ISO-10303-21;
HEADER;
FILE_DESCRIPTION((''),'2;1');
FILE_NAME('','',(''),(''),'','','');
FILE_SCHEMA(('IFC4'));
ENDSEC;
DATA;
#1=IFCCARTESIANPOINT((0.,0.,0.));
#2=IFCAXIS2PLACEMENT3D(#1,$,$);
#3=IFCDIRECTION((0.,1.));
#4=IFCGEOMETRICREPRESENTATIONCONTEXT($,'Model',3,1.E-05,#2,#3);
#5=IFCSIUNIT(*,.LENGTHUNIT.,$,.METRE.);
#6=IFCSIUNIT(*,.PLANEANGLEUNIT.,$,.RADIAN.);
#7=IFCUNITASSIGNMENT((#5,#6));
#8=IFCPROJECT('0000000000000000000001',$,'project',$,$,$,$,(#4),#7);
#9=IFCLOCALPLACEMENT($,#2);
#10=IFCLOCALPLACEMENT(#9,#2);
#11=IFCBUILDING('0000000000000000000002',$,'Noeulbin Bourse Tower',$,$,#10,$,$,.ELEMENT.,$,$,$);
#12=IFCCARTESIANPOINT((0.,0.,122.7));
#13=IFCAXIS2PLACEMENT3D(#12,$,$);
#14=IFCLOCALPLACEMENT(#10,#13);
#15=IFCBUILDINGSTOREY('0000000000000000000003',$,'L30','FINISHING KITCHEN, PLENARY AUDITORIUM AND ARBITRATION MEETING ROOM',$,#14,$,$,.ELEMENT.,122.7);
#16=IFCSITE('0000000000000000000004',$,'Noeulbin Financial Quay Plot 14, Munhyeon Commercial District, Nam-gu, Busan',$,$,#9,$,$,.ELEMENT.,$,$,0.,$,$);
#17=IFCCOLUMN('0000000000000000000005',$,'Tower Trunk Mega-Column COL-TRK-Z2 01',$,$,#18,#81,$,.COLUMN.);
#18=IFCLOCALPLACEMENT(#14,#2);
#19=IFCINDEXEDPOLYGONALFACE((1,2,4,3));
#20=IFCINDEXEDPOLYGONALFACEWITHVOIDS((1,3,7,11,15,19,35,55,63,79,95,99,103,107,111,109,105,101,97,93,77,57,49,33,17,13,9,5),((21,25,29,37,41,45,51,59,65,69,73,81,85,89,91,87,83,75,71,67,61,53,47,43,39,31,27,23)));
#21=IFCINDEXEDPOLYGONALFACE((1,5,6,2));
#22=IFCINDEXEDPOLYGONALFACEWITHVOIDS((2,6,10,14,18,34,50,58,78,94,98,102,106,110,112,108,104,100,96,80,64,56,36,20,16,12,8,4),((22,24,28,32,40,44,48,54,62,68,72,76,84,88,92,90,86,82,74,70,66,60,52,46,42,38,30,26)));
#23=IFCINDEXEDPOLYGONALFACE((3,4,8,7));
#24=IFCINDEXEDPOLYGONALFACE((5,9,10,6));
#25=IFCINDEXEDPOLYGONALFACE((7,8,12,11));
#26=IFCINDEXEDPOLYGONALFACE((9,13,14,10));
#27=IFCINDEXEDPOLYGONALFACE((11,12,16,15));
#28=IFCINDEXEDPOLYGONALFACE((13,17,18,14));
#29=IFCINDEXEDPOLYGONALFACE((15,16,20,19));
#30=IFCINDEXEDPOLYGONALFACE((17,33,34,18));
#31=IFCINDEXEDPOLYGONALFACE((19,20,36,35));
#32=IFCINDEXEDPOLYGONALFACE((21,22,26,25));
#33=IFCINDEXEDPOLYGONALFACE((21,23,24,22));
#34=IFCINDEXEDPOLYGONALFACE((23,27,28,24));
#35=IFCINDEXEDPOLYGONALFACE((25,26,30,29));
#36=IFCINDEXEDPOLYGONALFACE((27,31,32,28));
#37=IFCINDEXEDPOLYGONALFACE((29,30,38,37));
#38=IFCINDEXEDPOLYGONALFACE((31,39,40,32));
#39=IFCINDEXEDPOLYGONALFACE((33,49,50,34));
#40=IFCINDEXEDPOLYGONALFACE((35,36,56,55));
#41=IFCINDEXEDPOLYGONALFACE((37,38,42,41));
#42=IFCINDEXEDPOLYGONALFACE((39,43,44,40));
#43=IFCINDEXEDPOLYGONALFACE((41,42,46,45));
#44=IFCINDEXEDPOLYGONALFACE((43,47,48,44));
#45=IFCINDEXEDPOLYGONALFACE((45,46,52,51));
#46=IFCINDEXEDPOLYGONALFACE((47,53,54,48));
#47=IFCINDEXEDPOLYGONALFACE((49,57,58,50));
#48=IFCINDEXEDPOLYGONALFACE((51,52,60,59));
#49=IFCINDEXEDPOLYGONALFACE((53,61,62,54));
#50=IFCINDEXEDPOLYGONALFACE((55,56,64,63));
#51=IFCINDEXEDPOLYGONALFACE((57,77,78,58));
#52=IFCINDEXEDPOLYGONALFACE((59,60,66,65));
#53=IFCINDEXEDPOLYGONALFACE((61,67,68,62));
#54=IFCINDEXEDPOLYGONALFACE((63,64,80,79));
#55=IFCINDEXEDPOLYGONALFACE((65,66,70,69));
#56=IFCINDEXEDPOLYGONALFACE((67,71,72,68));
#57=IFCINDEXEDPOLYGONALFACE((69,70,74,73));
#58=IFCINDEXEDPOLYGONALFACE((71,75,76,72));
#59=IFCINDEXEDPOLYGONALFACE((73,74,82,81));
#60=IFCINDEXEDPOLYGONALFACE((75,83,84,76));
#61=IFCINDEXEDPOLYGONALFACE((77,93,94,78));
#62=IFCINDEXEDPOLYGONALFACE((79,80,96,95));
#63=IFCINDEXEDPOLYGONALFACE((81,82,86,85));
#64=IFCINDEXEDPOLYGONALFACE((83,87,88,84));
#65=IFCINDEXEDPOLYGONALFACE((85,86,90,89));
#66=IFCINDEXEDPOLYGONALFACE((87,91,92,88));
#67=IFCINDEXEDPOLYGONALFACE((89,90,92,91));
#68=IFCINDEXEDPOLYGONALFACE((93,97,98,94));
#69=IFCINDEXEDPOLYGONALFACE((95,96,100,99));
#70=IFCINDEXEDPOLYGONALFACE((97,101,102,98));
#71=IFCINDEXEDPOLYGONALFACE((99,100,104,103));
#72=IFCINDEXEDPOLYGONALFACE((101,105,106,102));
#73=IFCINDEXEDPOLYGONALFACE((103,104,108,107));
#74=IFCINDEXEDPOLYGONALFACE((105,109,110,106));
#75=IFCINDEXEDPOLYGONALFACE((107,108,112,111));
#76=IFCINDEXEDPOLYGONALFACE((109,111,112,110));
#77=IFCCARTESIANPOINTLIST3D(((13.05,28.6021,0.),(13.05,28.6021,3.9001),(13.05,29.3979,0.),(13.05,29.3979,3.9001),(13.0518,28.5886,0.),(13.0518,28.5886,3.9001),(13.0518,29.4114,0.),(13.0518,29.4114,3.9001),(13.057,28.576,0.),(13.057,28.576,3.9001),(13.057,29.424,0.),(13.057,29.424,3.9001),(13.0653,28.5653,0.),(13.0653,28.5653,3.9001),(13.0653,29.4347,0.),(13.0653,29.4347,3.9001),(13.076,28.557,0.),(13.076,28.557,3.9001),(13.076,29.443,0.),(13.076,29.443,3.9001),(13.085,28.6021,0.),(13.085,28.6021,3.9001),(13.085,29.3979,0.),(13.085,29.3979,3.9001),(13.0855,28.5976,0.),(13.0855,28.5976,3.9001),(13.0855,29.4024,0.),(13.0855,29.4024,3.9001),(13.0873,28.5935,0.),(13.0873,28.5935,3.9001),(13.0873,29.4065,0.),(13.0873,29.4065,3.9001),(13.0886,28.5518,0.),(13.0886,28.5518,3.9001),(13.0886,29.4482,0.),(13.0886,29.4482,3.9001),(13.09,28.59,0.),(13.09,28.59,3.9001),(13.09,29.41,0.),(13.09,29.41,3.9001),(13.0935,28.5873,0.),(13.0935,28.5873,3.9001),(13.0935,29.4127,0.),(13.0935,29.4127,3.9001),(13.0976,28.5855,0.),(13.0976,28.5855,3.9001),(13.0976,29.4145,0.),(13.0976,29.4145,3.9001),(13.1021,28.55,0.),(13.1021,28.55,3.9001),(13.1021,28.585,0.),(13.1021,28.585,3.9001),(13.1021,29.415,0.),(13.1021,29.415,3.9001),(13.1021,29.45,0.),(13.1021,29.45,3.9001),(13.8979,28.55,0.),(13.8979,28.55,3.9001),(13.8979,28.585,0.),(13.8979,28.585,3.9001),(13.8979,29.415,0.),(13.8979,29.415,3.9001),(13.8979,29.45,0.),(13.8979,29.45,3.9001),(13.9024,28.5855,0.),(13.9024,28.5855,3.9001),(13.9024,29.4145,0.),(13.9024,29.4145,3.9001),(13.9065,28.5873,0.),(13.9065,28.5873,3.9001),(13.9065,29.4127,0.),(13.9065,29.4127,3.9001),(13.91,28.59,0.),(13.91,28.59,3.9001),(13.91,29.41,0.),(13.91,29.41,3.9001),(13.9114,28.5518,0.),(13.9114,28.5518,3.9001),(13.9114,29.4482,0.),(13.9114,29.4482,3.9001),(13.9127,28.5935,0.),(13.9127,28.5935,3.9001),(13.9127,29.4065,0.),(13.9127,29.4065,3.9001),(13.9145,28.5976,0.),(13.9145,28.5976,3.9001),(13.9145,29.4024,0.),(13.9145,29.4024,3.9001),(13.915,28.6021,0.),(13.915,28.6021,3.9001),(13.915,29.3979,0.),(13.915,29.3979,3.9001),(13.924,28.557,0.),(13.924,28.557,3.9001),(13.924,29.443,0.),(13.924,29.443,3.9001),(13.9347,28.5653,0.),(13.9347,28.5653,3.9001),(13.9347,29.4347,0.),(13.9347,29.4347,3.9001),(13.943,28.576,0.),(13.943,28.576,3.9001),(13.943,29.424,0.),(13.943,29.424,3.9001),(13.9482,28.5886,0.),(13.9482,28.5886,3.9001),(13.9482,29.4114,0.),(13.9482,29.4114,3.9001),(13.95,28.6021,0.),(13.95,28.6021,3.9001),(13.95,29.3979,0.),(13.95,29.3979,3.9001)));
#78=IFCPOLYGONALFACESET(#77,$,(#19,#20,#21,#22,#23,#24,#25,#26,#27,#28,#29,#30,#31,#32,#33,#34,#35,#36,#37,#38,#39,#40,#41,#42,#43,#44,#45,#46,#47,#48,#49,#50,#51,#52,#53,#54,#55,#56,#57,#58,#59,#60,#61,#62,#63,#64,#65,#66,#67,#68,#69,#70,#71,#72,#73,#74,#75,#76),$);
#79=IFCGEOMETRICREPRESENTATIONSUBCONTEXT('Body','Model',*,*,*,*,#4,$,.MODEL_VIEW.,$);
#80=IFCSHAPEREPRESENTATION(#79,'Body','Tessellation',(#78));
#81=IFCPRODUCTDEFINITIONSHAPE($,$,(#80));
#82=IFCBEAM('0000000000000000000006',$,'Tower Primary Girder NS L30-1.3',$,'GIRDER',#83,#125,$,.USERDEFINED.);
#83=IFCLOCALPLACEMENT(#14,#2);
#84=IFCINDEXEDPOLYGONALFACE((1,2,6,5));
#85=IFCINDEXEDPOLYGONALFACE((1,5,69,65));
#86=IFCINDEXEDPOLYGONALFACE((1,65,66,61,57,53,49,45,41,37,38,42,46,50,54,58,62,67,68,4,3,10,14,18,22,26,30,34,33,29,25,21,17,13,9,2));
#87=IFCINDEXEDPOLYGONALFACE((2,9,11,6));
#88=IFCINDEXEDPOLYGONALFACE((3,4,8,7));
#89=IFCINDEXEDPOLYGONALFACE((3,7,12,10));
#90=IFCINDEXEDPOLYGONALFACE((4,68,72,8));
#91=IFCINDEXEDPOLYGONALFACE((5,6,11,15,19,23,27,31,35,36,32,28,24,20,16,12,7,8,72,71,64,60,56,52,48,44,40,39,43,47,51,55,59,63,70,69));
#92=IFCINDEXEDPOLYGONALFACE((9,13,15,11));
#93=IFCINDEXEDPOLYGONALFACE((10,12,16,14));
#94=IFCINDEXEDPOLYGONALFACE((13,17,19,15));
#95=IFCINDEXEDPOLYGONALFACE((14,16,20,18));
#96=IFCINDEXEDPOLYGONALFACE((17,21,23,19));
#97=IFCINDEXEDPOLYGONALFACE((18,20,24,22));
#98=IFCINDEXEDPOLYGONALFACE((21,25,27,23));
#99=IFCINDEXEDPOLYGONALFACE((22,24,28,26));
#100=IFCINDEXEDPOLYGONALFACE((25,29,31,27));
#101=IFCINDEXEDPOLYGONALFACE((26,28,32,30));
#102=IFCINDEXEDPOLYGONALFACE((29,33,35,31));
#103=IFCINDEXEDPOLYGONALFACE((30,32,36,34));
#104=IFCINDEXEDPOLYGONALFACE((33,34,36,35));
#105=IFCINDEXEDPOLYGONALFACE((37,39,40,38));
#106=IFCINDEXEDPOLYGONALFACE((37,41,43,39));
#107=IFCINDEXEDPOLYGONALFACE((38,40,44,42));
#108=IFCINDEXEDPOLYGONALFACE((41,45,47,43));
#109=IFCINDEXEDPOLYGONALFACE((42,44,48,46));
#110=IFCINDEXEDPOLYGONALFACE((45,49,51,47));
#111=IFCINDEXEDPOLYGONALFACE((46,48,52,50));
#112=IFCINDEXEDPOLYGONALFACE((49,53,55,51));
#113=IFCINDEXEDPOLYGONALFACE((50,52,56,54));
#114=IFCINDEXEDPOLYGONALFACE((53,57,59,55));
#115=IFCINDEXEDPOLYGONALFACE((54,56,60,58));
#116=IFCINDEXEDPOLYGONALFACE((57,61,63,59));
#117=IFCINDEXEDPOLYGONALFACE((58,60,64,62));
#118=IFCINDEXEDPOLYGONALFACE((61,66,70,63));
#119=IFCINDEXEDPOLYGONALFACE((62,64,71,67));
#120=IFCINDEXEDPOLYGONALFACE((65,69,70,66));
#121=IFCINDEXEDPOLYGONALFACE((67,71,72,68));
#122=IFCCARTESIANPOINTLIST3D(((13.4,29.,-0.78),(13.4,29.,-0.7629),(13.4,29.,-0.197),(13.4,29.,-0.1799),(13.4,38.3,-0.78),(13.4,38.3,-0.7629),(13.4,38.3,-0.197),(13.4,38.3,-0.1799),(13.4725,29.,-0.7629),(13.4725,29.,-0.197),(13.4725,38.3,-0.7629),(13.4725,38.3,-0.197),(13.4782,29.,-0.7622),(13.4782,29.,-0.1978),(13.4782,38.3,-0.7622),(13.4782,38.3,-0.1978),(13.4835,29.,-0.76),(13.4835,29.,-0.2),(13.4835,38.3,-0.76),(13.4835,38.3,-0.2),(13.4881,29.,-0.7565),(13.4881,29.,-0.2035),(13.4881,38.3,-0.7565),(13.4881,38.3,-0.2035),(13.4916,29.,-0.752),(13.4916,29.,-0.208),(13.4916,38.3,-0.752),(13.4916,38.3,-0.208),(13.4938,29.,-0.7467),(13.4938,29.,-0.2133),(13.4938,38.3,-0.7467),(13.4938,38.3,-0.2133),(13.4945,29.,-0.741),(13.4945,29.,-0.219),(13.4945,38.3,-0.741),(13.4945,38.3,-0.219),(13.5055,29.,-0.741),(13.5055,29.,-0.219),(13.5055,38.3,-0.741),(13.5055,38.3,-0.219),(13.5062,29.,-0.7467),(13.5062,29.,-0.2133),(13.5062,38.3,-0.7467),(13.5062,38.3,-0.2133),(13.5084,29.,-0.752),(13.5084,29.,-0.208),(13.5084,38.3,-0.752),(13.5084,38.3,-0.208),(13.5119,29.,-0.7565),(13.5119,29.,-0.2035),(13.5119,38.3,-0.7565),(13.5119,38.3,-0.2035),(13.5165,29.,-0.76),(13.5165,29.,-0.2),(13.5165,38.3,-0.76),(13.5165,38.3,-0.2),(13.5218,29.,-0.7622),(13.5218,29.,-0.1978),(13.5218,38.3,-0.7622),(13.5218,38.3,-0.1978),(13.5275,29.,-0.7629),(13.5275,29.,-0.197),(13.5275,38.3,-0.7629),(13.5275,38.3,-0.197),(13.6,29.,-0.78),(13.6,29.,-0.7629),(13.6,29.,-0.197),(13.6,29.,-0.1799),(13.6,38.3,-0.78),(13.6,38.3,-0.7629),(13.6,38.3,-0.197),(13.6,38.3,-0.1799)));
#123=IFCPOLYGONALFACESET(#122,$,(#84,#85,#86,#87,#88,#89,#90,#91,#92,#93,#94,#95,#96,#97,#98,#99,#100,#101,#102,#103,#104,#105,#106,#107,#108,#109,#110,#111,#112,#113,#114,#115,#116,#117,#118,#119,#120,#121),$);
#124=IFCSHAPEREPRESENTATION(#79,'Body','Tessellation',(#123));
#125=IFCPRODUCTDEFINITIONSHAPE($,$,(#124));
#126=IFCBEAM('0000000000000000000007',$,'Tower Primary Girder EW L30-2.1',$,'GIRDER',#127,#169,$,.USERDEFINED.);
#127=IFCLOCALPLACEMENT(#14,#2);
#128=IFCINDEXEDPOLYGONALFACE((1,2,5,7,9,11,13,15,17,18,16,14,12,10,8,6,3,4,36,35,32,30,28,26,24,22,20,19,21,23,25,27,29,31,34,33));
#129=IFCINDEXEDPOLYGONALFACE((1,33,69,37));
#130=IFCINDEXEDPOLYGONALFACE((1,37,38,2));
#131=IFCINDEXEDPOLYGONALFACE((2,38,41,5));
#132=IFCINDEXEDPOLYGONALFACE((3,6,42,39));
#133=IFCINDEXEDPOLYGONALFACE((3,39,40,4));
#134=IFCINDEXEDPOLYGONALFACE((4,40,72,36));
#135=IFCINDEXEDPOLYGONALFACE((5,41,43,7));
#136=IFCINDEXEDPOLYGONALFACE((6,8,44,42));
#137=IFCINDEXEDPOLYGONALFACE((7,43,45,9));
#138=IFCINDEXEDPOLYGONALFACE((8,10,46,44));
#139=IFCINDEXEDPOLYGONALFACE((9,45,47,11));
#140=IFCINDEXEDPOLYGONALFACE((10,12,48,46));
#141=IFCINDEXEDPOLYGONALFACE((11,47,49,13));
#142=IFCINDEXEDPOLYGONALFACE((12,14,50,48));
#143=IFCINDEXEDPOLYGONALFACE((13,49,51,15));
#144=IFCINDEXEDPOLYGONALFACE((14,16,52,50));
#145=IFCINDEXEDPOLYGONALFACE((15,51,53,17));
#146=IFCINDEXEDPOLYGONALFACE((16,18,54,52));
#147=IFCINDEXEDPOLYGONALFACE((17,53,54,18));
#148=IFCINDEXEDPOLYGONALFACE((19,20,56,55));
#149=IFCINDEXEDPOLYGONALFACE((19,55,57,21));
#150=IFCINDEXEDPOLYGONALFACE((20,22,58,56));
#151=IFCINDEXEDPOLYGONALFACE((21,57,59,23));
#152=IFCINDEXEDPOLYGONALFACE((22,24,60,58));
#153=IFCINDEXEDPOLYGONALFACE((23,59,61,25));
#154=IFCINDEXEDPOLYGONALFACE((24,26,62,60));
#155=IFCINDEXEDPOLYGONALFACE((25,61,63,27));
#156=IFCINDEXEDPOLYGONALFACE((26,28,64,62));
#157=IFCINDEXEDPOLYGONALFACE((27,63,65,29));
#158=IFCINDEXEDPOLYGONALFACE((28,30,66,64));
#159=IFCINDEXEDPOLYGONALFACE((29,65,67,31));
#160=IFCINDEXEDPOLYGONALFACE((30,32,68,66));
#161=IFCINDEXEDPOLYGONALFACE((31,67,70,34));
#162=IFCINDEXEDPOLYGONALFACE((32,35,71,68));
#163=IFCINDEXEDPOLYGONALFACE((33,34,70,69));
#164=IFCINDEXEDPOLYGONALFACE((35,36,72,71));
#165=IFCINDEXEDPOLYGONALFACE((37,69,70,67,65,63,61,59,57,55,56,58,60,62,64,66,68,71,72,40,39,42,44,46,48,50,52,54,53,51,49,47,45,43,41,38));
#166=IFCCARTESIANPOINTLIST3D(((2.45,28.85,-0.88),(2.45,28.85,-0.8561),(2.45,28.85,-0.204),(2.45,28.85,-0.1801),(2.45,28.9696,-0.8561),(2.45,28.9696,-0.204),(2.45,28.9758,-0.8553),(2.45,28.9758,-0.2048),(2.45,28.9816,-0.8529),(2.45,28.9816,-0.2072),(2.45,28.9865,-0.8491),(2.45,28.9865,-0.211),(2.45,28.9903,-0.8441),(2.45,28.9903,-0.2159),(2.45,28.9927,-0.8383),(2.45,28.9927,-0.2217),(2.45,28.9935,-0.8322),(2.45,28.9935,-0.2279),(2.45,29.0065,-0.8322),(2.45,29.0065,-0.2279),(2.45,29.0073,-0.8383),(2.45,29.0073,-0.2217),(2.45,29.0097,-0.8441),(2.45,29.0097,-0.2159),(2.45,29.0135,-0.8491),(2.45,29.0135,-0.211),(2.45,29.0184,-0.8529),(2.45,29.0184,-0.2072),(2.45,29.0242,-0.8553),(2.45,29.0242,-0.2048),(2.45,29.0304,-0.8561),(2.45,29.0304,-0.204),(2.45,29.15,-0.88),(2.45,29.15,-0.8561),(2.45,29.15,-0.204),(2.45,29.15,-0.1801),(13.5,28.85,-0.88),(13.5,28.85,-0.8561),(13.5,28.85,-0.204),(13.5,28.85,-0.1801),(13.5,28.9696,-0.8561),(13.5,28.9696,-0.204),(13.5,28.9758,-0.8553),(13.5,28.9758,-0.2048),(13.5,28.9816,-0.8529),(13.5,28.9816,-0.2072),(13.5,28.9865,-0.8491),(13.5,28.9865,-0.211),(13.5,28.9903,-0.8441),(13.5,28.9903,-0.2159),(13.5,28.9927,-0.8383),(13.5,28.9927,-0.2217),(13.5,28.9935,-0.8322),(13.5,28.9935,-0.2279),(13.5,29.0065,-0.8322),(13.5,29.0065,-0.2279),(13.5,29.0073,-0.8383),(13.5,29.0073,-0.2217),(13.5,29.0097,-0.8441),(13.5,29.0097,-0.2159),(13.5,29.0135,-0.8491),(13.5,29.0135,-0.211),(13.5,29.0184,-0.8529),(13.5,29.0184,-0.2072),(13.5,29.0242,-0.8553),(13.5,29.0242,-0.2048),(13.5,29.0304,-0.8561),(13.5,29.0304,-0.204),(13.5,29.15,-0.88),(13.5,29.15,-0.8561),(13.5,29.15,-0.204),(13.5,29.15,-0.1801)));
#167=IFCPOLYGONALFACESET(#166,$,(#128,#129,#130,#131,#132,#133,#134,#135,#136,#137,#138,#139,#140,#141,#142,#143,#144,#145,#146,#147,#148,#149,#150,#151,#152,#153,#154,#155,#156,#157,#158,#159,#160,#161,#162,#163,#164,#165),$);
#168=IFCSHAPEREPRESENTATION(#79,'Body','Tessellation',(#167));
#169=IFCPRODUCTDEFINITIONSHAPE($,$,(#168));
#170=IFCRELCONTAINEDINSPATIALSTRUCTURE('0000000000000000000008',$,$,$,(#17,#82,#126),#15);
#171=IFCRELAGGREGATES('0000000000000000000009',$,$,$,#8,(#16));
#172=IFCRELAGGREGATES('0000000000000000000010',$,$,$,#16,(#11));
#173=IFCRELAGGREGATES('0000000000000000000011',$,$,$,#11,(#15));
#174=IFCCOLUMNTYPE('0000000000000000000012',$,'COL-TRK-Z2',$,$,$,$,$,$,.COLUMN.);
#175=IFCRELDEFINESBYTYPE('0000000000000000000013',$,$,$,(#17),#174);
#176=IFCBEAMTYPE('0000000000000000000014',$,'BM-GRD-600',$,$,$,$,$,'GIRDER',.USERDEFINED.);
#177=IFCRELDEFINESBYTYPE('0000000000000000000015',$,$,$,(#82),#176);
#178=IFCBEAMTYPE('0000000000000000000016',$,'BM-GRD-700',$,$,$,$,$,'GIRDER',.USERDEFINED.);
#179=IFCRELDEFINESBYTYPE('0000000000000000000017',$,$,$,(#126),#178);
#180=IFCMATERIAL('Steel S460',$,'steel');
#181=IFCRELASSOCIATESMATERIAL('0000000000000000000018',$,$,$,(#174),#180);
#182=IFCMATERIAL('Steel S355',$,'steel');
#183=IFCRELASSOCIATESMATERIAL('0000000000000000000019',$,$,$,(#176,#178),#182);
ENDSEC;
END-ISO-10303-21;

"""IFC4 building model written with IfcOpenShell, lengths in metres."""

from ifc_helpers import new_model, si_unit, direction, frame, origin, origin_2d, place, context, subcontext, project, spatial, hollow_rectangle, i_section, extrude, material, material_profile, profile_set, type_object, element, save


model = new_model("IFC4")

# Units and contexts
model_context = context("Model", 3, precision=1e-05, world=origin(), true_north=direction((0.0, 1.0)))
body_context = subcontext(model_context, "Body", "Model", "MODEL_VIEW")
ifc_project = project(units=[si_unit("LENGTHUNIT", "METRE"), si_unit("PLANEANGLEUNIT", "RADIAN")], contexts=[model_context])

# Site, building, storey
site_placement = place(None, origin())
site = spatial("IfcSite", under=ifc_project, at=site_placement, Name="Noeulbin Financial Quay Plot 14, Munhyeon Commercial District, Nam-gu, Busan", CompositionType="ELEMENT", RefElevation=0.0)
building_placement = place(site_placement, origin())
building = spatial("IfcBuilding", under=site, at=building_placement, Name="Noeulbin Bourse Tower", CompositionType="ELEMENT")
storey_placement = place(building_placement, frame((0.0, 0.0, 122.7)))
storey = spatial("IfcBuildingStorey", under=building, at=storey_placement, Name="L30", Description="FINISHING KITCHEN, PLENARY AUDITORIUM AND ARBITRATION MEETING ROOM", CompositionType="ELEMENT", Elevation=122.7)

# Column
ifc_material_1 = material(Name="Steel S460", Category="steel")
ifc_material_profile_1 = material_profile(ifc_material_1, hollow_rectangle(XDim=0.8999, YDim=0.8999, WallThickness=0.0349, InnerFilletRadius=0.0171, OuterFilletRadius=0.052, at=origin_2d()), Name="BOX-900x900x35", Category="LoadBearing")
ifc_profile_set_1 = profile_set([ifc_material_profile_1], Name="Steel S460")
column_type = type_object("IfcColumnType", Name="COL-TRK-Z2", PredefinedType="COLUMN", material=ifc_profile_set_1)
column_placement = place(storey_placement, frame((13.5, 29.0, 0.0), z_axis=(0.0, 0.0, 1.0), x_axis=(1.0, 0.0, 0.0)))
element("IfcColumn", 1, at=column_placement, inside=storey, type_object=column_type, Name="Tower Trunk Mega-Column COL-TRK-Z2 01", PredefinedType="COLUMN", context=body_context, shape_type="SweptSolid", body=[
    extrude(hollow_rectangle(XDim=0.8999, YDim=0.8999, WallThickness=0.0349, InnerFilletRadius=0.0171, OuterFilletRadius=0.052, at=origin_2d()), origin(), (0.0, 0.0, 1.0), 3.9001),
])

# Beams
ifc_material_2 = material(Name="Steel S355", Category="steel")
ifc_material_profile_2 = material_profile(ifc_material_2, i_section(OverallWidth=0.2, OverallDepth=0.6001, WebThickness=0.011, FlangeThickness=0.0171, FilletRadius=0.022, at=origin_2d()), Name="H-600x200x11x17", Category="LoadBearing")
ifc_profile_set_2 = profile_set([ifc_material_profile_2], Name="Steel S355")
beam_type_1 = type_object("IfcBeamType", Name="BM-GRD-600", ElementType="GIRDER", PredefinedType="USERDEFINED", material=ifc_profile_set_2)
beam_1_placement = place(storey_placement, frame((13.5, 29.0, -0.48), z_axis=(0.0, 1.0, 0.0), x_axis=(-1.0, 0.0, 0.0)))
element("IfcBeam", 2, at=beam_1_placement, inside=storey, type_object=beam_type_1, Name="Tower Primary Girder NS L30-1.3", ObjectType="GIRDER", PredefinedType="USERDEFINED", context=body_context, shape_type="SweptSolid", body=[
    extrude(i_section(OverallWidth=0.2, OverallDepth=0.6001, WebThickness=0.011, FlangeThickness=0.0171, FilletRadius=0.022, at=origin_2d()), origin(), (0.0, 0.0, 1.0), 9.3),
])
ifc_material_profile_3 = material_profile(ifc_material_2, i_section(OverallWidth=0.3, OverallDepth=0.7, WebThickness=0.0129, FlangeThickness=0.0239, FilletRadius=0.0239, at=origin_2d()), Name="H-700x300x13x24", Category="LoadBearing")
ifc_profile_set_3 = profile_set([ifc_material_profile_3], Name="Steel S355")
beam_type_2 = type_object("IfcBeamType", Name="BM-GRD-700", ElementType="GIRDER", PredefinedType="USERDEFINED", material=ifc_profile_set_3)
beam_2_placement = place(storey_placement, frame((2.45, 29.0, -0.53), z_axis=(1.0, 0.0, 0.0), x_axis=(0.0, 1.0, 0.0)))
element("IfcBeam", 3, at=beam_2_placement, inside=storey, type_object=beam_type_2, Name="Tower Primary Girder EW L30-2.1", ObjectType="GIRDER", PredefinedType="USERDEFINED", context=body_context, shape_type="SweptSolid", body=[
    extrude(i_section(OverallWidth=0.3, OverallDepth=0.7, WebThickness=0.0129, FlangeThickness=0.0239, FilletRadius=0.0239, at=origin_2d()), origin(), (0.0, 0.0, 1.0), 11.05),
])

save(model, "model.ifc")
